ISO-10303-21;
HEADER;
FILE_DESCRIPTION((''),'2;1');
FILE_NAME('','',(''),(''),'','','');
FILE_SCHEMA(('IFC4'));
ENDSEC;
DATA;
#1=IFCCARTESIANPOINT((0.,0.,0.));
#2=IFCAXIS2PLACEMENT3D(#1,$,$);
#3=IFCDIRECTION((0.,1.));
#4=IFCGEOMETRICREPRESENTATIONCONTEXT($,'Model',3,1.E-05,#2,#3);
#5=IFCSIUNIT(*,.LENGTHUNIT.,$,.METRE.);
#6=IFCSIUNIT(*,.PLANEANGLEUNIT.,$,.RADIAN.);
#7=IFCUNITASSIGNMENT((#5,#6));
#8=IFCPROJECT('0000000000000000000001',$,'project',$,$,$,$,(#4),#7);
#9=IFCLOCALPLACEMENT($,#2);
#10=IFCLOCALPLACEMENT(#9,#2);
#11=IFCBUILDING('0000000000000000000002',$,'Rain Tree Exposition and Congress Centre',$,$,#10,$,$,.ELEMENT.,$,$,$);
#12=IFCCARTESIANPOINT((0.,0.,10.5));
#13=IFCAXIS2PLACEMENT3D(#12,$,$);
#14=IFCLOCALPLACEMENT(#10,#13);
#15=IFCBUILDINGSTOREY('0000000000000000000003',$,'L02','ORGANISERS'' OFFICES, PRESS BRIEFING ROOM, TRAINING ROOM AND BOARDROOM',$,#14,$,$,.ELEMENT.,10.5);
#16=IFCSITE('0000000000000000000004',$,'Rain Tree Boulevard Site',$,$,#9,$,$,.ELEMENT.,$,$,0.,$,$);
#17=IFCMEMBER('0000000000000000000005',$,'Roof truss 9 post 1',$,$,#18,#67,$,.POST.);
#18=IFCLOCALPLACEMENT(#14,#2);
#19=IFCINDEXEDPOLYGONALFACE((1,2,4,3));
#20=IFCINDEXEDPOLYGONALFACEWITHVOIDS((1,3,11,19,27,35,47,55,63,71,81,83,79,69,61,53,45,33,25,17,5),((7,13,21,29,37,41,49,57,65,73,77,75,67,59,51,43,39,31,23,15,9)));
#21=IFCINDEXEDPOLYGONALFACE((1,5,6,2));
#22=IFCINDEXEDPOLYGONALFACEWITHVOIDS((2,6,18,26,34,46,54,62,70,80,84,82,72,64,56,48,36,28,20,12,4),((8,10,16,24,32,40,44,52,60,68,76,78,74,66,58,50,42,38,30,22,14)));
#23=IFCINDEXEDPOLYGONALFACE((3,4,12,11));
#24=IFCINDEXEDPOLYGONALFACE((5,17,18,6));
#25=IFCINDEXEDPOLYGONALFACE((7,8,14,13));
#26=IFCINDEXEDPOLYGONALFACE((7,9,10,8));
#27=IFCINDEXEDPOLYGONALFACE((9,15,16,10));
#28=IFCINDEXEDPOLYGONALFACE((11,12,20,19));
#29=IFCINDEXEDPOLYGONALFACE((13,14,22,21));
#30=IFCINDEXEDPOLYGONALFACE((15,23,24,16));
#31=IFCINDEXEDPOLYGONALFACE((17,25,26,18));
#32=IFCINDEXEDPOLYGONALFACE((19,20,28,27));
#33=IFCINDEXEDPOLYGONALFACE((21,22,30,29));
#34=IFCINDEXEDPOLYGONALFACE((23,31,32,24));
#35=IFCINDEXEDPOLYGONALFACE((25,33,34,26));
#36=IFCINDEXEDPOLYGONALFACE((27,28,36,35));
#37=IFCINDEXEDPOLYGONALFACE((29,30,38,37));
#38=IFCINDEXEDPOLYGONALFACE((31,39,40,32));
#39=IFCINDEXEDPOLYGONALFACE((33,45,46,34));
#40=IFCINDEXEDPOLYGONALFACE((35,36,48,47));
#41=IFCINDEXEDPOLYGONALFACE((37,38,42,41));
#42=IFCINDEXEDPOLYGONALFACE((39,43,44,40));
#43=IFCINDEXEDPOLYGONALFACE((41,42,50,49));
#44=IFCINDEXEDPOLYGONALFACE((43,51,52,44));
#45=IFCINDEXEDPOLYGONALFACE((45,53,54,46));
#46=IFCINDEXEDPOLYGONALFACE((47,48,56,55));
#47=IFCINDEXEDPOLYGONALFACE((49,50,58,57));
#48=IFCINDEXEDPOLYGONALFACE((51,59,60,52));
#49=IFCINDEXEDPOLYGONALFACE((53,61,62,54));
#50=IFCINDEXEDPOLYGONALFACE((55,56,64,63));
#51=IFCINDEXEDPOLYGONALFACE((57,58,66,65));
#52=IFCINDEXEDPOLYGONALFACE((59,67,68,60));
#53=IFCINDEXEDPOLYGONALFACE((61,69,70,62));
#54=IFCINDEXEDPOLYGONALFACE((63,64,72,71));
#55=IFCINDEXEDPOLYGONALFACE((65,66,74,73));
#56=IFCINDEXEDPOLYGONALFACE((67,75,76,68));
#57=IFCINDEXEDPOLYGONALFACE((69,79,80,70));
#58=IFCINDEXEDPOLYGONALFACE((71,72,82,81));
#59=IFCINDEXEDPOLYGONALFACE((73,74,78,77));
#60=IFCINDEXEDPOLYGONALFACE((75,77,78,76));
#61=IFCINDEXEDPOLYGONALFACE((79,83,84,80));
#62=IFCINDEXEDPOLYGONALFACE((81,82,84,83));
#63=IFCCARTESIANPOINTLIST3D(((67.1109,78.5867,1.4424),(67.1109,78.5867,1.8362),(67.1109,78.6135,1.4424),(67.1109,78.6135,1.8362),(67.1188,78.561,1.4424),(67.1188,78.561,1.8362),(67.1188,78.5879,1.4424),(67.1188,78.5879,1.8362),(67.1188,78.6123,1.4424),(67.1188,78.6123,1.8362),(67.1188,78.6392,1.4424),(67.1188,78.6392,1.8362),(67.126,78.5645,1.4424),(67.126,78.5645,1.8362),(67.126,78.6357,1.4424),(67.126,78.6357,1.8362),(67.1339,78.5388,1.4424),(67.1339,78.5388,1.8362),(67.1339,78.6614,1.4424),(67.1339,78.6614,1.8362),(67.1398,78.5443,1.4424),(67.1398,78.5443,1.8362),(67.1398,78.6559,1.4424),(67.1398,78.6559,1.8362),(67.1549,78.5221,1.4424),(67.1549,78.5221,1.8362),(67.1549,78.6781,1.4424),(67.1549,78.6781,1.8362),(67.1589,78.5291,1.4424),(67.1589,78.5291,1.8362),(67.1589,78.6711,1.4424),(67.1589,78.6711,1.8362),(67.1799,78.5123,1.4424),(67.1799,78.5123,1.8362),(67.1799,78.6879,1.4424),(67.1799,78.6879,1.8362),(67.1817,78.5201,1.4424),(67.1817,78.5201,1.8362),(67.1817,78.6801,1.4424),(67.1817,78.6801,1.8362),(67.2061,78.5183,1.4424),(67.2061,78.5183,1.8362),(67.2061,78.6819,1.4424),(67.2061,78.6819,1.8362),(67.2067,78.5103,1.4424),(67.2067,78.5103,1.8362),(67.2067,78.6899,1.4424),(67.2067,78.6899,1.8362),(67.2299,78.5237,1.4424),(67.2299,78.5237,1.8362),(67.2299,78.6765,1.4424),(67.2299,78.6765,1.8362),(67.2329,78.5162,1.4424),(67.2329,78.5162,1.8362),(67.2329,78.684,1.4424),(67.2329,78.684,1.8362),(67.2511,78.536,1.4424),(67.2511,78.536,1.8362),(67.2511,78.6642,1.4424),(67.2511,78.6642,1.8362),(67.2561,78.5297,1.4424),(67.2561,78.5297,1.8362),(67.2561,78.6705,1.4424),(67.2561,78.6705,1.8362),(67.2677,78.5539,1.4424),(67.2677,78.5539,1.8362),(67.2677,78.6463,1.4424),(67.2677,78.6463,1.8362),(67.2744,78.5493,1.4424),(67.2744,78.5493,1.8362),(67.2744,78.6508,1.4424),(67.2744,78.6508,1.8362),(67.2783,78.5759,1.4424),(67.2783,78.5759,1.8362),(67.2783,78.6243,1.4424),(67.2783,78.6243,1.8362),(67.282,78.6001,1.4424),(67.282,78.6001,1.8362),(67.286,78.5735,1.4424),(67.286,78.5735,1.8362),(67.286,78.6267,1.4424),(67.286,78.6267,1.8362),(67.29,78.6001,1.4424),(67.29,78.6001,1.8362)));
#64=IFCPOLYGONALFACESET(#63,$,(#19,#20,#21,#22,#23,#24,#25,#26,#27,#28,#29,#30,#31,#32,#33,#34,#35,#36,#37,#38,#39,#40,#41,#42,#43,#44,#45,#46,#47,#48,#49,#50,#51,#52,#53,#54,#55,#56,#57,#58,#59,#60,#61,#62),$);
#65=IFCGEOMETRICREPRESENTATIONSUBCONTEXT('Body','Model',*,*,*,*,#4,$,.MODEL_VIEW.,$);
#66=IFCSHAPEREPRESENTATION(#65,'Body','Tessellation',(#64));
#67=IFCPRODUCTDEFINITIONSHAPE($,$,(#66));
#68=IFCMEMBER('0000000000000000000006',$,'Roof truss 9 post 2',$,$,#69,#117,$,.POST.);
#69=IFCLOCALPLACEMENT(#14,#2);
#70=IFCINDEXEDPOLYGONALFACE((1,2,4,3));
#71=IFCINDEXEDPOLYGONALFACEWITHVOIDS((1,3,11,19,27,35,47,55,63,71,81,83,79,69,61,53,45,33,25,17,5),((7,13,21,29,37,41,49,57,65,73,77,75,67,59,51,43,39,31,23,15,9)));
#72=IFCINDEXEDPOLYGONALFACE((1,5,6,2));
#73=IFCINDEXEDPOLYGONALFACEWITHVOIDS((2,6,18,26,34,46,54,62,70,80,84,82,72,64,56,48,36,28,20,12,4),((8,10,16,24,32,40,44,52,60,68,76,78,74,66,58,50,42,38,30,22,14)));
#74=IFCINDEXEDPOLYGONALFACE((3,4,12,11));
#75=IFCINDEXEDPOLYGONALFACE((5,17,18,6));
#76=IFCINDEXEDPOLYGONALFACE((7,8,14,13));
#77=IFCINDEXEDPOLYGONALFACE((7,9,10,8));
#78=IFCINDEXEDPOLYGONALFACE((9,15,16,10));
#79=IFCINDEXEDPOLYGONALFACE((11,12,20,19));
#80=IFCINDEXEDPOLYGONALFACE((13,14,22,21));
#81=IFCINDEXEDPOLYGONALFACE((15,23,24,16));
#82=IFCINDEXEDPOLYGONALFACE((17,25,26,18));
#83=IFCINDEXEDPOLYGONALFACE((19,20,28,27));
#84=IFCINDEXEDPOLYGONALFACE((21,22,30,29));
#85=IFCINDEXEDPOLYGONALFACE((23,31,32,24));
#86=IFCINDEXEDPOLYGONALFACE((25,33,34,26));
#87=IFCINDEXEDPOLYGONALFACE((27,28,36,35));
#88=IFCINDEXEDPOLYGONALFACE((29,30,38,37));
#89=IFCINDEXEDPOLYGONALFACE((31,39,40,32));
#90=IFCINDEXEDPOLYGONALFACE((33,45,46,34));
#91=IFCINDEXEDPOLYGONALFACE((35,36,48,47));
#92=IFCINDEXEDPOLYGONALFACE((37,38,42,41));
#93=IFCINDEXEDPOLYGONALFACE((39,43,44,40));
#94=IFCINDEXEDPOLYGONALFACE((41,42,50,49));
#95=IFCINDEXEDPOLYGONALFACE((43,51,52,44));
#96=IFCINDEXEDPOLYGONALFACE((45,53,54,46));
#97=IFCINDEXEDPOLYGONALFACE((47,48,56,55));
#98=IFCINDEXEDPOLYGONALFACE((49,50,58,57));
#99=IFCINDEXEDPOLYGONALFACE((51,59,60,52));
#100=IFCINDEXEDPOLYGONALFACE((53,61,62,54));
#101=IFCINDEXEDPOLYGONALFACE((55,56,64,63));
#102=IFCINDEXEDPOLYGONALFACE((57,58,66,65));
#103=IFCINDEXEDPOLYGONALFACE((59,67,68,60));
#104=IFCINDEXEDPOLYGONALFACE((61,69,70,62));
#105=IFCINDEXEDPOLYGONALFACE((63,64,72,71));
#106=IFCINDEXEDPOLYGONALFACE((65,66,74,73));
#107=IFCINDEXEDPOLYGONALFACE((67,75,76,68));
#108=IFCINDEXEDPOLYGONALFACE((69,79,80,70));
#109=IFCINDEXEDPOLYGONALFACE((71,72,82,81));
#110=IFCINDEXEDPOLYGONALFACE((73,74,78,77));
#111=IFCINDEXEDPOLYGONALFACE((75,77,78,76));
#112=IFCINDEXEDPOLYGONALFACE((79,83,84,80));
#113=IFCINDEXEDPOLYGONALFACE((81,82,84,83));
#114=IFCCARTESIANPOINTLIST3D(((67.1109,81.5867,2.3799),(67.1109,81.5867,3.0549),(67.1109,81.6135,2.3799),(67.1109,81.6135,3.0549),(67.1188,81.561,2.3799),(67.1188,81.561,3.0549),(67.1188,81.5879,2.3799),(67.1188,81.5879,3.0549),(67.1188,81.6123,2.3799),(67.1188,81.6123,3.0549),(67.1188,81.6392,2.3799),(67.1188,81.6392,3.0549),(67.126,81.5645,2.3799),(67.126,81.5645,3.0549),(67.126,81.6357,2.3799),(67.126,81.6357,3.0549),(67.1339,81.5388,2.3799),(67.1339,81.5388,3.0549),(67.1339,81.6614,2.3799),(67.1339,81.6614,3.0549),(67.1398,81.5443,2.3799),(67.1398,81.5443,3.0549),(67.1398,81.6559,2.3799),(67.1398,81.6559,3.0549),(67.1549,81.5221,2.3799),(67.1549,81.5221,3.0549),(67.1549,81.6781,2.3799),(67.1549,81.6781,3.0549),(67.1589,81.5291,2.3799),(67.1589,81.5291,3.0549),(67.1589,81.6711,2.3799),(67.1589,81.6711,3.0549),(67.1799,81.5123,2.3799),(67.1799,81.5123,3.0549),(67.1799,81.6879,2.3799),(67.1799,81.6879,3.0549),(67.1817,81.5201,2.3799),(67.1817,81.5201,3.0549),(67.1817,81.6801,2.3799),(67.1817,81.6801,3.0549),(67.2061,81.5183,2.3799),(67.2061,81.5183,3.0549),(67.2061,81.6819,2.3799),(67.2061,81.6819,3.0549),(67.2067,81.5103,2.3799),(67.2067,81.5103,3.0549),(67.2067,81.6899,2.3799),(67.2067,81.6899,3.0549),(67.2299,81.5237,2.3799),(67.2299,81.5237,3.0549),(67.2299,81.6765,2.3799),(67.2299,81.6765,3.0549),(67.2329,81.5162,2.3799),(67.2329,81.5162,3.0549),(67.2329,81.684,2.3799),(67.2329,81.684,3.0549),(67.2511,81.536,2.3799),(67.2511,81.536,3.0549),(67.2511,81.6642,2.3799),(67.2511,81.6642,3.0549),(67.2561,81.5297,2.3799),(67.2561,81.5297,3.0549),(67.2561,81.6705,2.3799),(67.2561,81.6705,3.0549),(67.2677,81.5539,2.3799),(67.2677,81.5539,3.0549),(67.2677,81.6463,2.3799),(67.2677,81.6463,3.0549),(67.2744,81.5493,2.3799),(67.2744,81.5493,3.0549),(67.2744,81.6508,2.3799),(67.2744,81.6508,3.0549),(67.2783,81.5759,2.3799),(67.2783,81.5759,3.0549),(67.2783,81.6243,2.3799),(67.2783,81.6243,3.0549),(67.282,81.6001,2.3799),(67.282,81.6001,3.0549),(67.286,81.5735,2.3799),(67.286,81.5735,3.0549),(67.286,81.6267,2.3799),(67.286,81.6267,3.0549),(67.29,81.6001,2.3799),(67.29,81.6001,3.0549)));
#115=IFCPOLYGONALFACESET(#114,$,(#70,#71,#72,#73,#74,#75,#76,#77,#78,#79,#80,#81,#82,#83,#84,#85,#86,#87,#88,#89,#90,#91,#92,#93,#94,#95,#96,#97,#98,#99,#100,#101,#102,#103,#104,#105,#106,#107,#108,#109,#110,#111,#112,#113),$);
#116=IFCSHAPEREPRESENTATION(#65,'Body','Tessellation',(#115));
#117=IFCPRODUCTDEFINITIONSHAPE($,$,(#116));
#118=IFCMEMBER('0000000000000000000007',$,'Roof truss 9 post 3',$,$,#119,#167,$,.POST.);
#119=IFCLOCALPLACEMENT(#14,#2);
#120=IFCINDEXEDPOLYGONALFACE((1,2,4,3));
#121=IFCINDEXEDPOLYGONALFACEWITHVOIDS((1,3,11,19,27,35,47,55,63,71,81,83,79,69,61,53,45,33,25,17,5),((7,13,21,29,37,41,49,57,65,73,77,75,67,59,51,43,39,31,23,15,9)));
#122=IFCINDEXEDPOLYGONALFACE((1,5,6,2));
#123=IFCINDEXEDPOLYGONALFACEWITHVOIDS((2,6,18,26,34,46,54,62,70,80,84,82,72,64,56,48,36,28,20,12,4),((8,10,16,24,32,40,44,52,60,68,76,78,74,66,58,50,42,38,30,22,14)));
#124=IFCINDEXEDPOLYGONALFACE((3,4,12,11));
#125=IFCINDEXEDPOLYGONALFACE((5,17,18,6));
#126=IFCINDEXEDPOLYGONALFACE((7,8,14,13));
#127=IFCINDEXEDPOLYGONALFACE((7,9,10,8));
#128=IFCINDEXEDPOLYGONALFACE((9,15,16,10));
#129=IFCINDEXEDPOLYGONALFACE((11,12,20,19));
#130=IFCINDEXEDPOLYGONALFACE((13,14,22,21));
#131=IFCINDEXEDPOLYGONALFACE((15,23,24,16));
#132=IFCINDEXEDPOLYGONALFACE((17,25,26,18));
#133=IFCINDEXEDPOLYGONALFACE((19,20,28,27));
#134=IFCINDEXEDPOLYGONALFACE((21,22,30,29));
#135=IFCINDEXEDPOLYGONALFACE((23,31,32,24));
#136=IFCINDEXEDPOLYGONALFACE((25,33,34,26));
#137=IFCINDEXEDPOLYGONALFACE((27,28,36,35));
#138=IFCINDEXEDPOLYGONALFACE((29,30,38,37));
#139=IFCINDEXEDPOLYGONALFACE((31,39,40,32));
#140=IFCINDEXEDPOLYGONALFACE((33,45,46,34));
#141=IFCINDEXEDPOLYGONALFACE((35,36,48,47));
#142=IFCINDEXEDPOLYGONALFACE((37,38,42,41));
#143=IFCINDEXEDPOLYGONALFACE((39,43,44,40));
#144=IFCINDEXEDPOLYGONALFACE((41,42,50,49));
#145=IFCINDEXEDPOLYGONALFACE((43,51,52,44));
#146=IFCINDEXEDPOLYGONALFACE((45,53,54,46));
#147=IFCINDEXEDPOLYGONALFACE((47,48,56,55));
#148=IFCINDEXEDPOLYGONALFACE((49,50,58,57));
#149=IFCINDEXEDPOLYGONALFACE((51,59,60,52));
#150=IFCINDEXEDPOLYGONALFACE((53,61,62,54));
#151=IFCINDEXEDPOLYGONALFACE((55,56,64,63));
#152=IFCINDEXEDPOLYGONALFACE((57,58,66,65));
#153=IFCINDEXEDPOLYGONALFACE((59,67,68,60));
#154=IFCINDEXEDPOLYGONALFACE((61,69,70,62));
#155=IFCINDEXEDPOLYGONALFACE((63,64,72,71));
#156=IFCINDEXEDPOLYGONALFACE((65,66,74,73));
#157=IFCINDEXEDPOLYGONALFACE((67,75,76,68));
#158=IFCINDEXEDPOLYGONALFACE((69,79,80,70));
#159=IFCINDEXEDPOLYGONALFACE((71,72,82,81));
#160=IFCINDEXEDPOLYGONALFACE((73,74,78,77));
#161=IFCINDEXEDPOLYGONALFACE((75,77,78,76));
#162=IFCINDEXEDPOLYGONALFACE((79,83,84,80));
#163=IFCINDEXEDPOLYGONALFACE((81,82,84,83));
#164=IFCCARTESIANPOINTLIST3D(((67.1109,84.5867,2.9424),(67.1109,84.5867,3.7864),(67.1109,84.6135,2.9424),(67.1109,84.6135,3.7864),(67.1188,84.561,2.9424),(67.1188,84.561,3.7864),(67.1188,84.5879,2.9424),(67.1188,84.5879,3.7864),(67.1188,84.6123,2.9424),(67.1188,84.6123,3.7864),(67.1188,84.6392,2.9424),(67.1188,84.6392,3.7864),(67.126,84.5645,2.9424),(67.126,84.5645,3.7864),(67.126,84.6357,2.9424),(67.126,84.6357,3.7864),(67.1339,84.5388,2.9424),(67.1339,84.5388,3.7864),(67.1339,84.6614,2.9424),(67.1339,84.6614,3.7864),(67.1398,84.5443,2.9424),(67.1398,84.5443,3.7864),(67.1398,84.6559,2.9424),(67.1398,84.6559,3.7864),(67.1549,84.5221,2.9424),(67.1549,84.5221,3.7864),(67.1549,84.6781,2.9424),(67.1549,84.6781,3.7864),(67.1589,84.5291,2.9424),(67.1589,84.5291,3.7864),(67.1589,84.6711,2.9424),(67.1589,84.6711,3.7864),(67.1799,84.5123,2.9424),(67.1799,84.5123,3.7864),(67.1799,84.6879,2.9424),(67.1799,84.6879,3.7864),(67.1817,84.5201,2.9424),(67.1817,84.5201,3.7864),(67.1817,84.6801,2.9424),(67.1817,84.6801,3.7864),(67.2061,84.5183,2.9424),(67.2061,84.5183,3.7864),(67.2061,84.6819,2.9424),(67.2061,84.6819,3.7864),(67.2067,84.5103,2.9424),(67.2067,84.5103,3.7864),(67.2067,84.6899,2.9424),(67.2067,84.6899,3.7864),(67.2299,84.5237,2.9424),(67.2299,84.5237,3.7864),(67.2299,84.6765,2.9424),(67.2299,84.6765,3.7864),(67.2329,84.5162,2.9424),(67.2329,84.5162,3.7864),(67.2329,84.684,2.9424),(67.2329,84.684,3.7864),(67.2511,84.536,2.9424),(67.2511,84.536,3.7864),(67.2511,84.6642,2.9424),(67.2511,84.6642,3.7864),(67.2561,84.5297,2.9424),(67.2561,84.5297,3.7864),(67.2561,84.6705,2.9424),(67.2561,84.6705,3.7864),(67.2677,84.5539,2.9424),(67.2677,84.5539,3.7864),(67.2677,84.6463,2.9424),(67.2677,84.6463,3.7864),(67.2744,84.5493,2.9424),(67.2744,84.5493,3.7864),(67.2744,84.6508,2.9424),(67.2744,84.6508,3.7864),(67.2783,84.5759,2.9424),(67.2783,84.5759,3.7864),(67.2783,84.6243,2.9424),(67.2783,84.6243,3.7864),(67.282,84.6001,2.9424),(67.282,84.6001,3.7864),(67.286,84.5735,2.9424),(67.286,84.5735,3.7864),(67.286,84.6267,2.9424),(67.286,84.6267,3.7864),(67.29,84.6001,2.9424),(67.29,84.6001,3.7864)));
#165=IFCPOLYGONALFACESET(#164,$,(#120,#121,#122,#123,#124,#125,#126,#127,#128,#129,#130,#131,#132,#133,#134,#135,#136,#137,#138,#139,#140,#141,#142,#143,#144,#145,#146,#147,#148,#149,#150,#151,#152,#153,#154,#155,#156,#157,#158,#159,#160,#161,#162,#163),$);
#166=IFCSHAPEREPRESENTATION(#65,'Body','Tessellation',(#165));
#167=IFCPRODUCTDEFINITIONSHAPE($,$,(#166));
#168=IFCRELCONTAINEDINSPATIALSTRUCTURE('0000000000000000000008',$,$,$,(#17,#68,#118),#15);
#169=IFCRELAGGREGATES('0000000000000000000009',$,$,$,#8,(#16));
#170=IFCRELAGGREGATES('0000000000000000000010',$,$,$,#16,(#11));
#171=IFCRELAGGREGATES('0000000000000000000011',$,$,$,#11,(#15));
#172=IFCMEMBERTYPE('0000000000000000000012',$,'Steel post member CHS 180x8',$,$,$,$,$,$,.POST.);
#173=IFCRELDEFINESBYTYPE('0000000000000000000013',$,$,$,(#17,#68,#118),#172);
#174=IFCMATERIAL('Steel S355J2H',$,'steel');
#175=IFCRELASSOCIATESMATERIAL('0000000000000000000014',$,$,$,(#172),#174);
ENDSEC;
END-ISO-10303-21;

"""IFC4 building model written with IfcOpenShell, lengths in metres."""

from ifc_helpers import new_model, si_unit, direction, frame, origin, origin_2d, place, context, subcontext, project, spatial, hollow_circle, extrude, material, material_profile, profile_set, type_object, element, save


model = new_model("IFC4")

# Units and contexts
model_context = context("Model", 3, precision=1e-05, world=origin(), true_north=direction((0.0, 1.0)))
body_context = subcontext(model_context, "Body", "Model", "MODEL_VIEW")
ifc_project = project(units=[si_unit("LENGTHUNIT", "METRE"), si_unit("PLANEANGLEUNIT", "RADIAN")], contexts=[model_context])

# Site, building, storey
site_placement = place(None, origin())
site = spatial("IfcSite", under=ifc_project, at=site_placement, Name="Rain Tree Boulevard Site", CompositionType="ELEMENT", RefElevation=0.0)
building_placement = place(site_placement, origin())
building = spatial("IfcBuilding", under=site, at=building_placement, Name="Rain Tree Exposition and Congress Centre", CompositionType="ELEMENT")
storey_placement = place(building_placement, frame((0.0, 0.0, 10.5)))
storey = spatial("IfcBuildingStorey", under=building, at=storey_placement, Name="L02", Description="ORGANISERS' OFFICES, PRESS BRIEFING ROOM, TRAINING ROOM AND BOARDROOM", CompositionType="ELEMENT", Elevation=10.5)

# Members
ifc_material_1 = material(Name="Steel S355J2H", Category="steel")
ifc_material_profile_1 = material_profile(ifc_material_1, hollow_circle(Radius=0.0901, WallThickness=0.0081, at=origin_2d()), Name="CHS 180x8")
ifc_profile_set_1 = profile_set([ifc_material_profile_1], Name="Steel S355J2H")
member_type_1 = type_object("IfcMemberType", Name="Steel post member CHS 180x8", PredefinedType="POST", material=ifc_profile_set_1)
member_1_placement = place(storey_placement, frame((67.2, 78.6001, 1.4424), z_axis=(0.0, 0.0, 1.0), x_axis=(1.0, 0.0, 0.0)))
element("IfcMember", 1, at=member_1_placement, inside=storey, type_object=member_type_1, Name="Roof truss 9 post 1", PredefinedType="POST", context=body_context, shape_type="SweptSolid", body=[
    extrude(hollow_circle(Radius=0.0901, WallThickness=0.0081, at=origin_2d()), origin(), (0.0, 0.0, 1.0), 0.3938),
])
member_2_placement = place(storey_placement, frame((67.2, 81.6001, 2.3799), z_axis=(0.0, 0.0, 1.0), x_axis=(1.0, 0.0, 0.0)))
element("IfcMember", 2, at=member_2_placement, inside=storey, type_object=member_type_1, Name="Roof truss 9 post 2", PredefinedType="POST", context=body_context, shape_type="SweptSolid", body=[
    extrude(hollow_circle(Radius=0.0901, WallThickness=0.0081, at=origin_2d()), origin(), (0.0, 0.0, 1.0), 0.675),
])
member_3_placement = place(storey_placement, frame((67.2, 84.6001, 2.9424), z_axis=(0.0, 0.0, 1.0), x_axis=(1.0, 0.0, 0.0)))
element("IfcMember", 3, at=member_3_placement, inside=storey, type_object=member_type_1, Name="Roof truss 9 post 3", PredefinedType="POST", context=body_context, shape_type="SweptSolid", body=[
    extrude(hollow_circle(Radius=0.0901, WallThickness=0.0081, at=origin_2d()), origin(), (0.0, 0.0, 1.0), 0.844),
])

save(model, "model.ifc")
